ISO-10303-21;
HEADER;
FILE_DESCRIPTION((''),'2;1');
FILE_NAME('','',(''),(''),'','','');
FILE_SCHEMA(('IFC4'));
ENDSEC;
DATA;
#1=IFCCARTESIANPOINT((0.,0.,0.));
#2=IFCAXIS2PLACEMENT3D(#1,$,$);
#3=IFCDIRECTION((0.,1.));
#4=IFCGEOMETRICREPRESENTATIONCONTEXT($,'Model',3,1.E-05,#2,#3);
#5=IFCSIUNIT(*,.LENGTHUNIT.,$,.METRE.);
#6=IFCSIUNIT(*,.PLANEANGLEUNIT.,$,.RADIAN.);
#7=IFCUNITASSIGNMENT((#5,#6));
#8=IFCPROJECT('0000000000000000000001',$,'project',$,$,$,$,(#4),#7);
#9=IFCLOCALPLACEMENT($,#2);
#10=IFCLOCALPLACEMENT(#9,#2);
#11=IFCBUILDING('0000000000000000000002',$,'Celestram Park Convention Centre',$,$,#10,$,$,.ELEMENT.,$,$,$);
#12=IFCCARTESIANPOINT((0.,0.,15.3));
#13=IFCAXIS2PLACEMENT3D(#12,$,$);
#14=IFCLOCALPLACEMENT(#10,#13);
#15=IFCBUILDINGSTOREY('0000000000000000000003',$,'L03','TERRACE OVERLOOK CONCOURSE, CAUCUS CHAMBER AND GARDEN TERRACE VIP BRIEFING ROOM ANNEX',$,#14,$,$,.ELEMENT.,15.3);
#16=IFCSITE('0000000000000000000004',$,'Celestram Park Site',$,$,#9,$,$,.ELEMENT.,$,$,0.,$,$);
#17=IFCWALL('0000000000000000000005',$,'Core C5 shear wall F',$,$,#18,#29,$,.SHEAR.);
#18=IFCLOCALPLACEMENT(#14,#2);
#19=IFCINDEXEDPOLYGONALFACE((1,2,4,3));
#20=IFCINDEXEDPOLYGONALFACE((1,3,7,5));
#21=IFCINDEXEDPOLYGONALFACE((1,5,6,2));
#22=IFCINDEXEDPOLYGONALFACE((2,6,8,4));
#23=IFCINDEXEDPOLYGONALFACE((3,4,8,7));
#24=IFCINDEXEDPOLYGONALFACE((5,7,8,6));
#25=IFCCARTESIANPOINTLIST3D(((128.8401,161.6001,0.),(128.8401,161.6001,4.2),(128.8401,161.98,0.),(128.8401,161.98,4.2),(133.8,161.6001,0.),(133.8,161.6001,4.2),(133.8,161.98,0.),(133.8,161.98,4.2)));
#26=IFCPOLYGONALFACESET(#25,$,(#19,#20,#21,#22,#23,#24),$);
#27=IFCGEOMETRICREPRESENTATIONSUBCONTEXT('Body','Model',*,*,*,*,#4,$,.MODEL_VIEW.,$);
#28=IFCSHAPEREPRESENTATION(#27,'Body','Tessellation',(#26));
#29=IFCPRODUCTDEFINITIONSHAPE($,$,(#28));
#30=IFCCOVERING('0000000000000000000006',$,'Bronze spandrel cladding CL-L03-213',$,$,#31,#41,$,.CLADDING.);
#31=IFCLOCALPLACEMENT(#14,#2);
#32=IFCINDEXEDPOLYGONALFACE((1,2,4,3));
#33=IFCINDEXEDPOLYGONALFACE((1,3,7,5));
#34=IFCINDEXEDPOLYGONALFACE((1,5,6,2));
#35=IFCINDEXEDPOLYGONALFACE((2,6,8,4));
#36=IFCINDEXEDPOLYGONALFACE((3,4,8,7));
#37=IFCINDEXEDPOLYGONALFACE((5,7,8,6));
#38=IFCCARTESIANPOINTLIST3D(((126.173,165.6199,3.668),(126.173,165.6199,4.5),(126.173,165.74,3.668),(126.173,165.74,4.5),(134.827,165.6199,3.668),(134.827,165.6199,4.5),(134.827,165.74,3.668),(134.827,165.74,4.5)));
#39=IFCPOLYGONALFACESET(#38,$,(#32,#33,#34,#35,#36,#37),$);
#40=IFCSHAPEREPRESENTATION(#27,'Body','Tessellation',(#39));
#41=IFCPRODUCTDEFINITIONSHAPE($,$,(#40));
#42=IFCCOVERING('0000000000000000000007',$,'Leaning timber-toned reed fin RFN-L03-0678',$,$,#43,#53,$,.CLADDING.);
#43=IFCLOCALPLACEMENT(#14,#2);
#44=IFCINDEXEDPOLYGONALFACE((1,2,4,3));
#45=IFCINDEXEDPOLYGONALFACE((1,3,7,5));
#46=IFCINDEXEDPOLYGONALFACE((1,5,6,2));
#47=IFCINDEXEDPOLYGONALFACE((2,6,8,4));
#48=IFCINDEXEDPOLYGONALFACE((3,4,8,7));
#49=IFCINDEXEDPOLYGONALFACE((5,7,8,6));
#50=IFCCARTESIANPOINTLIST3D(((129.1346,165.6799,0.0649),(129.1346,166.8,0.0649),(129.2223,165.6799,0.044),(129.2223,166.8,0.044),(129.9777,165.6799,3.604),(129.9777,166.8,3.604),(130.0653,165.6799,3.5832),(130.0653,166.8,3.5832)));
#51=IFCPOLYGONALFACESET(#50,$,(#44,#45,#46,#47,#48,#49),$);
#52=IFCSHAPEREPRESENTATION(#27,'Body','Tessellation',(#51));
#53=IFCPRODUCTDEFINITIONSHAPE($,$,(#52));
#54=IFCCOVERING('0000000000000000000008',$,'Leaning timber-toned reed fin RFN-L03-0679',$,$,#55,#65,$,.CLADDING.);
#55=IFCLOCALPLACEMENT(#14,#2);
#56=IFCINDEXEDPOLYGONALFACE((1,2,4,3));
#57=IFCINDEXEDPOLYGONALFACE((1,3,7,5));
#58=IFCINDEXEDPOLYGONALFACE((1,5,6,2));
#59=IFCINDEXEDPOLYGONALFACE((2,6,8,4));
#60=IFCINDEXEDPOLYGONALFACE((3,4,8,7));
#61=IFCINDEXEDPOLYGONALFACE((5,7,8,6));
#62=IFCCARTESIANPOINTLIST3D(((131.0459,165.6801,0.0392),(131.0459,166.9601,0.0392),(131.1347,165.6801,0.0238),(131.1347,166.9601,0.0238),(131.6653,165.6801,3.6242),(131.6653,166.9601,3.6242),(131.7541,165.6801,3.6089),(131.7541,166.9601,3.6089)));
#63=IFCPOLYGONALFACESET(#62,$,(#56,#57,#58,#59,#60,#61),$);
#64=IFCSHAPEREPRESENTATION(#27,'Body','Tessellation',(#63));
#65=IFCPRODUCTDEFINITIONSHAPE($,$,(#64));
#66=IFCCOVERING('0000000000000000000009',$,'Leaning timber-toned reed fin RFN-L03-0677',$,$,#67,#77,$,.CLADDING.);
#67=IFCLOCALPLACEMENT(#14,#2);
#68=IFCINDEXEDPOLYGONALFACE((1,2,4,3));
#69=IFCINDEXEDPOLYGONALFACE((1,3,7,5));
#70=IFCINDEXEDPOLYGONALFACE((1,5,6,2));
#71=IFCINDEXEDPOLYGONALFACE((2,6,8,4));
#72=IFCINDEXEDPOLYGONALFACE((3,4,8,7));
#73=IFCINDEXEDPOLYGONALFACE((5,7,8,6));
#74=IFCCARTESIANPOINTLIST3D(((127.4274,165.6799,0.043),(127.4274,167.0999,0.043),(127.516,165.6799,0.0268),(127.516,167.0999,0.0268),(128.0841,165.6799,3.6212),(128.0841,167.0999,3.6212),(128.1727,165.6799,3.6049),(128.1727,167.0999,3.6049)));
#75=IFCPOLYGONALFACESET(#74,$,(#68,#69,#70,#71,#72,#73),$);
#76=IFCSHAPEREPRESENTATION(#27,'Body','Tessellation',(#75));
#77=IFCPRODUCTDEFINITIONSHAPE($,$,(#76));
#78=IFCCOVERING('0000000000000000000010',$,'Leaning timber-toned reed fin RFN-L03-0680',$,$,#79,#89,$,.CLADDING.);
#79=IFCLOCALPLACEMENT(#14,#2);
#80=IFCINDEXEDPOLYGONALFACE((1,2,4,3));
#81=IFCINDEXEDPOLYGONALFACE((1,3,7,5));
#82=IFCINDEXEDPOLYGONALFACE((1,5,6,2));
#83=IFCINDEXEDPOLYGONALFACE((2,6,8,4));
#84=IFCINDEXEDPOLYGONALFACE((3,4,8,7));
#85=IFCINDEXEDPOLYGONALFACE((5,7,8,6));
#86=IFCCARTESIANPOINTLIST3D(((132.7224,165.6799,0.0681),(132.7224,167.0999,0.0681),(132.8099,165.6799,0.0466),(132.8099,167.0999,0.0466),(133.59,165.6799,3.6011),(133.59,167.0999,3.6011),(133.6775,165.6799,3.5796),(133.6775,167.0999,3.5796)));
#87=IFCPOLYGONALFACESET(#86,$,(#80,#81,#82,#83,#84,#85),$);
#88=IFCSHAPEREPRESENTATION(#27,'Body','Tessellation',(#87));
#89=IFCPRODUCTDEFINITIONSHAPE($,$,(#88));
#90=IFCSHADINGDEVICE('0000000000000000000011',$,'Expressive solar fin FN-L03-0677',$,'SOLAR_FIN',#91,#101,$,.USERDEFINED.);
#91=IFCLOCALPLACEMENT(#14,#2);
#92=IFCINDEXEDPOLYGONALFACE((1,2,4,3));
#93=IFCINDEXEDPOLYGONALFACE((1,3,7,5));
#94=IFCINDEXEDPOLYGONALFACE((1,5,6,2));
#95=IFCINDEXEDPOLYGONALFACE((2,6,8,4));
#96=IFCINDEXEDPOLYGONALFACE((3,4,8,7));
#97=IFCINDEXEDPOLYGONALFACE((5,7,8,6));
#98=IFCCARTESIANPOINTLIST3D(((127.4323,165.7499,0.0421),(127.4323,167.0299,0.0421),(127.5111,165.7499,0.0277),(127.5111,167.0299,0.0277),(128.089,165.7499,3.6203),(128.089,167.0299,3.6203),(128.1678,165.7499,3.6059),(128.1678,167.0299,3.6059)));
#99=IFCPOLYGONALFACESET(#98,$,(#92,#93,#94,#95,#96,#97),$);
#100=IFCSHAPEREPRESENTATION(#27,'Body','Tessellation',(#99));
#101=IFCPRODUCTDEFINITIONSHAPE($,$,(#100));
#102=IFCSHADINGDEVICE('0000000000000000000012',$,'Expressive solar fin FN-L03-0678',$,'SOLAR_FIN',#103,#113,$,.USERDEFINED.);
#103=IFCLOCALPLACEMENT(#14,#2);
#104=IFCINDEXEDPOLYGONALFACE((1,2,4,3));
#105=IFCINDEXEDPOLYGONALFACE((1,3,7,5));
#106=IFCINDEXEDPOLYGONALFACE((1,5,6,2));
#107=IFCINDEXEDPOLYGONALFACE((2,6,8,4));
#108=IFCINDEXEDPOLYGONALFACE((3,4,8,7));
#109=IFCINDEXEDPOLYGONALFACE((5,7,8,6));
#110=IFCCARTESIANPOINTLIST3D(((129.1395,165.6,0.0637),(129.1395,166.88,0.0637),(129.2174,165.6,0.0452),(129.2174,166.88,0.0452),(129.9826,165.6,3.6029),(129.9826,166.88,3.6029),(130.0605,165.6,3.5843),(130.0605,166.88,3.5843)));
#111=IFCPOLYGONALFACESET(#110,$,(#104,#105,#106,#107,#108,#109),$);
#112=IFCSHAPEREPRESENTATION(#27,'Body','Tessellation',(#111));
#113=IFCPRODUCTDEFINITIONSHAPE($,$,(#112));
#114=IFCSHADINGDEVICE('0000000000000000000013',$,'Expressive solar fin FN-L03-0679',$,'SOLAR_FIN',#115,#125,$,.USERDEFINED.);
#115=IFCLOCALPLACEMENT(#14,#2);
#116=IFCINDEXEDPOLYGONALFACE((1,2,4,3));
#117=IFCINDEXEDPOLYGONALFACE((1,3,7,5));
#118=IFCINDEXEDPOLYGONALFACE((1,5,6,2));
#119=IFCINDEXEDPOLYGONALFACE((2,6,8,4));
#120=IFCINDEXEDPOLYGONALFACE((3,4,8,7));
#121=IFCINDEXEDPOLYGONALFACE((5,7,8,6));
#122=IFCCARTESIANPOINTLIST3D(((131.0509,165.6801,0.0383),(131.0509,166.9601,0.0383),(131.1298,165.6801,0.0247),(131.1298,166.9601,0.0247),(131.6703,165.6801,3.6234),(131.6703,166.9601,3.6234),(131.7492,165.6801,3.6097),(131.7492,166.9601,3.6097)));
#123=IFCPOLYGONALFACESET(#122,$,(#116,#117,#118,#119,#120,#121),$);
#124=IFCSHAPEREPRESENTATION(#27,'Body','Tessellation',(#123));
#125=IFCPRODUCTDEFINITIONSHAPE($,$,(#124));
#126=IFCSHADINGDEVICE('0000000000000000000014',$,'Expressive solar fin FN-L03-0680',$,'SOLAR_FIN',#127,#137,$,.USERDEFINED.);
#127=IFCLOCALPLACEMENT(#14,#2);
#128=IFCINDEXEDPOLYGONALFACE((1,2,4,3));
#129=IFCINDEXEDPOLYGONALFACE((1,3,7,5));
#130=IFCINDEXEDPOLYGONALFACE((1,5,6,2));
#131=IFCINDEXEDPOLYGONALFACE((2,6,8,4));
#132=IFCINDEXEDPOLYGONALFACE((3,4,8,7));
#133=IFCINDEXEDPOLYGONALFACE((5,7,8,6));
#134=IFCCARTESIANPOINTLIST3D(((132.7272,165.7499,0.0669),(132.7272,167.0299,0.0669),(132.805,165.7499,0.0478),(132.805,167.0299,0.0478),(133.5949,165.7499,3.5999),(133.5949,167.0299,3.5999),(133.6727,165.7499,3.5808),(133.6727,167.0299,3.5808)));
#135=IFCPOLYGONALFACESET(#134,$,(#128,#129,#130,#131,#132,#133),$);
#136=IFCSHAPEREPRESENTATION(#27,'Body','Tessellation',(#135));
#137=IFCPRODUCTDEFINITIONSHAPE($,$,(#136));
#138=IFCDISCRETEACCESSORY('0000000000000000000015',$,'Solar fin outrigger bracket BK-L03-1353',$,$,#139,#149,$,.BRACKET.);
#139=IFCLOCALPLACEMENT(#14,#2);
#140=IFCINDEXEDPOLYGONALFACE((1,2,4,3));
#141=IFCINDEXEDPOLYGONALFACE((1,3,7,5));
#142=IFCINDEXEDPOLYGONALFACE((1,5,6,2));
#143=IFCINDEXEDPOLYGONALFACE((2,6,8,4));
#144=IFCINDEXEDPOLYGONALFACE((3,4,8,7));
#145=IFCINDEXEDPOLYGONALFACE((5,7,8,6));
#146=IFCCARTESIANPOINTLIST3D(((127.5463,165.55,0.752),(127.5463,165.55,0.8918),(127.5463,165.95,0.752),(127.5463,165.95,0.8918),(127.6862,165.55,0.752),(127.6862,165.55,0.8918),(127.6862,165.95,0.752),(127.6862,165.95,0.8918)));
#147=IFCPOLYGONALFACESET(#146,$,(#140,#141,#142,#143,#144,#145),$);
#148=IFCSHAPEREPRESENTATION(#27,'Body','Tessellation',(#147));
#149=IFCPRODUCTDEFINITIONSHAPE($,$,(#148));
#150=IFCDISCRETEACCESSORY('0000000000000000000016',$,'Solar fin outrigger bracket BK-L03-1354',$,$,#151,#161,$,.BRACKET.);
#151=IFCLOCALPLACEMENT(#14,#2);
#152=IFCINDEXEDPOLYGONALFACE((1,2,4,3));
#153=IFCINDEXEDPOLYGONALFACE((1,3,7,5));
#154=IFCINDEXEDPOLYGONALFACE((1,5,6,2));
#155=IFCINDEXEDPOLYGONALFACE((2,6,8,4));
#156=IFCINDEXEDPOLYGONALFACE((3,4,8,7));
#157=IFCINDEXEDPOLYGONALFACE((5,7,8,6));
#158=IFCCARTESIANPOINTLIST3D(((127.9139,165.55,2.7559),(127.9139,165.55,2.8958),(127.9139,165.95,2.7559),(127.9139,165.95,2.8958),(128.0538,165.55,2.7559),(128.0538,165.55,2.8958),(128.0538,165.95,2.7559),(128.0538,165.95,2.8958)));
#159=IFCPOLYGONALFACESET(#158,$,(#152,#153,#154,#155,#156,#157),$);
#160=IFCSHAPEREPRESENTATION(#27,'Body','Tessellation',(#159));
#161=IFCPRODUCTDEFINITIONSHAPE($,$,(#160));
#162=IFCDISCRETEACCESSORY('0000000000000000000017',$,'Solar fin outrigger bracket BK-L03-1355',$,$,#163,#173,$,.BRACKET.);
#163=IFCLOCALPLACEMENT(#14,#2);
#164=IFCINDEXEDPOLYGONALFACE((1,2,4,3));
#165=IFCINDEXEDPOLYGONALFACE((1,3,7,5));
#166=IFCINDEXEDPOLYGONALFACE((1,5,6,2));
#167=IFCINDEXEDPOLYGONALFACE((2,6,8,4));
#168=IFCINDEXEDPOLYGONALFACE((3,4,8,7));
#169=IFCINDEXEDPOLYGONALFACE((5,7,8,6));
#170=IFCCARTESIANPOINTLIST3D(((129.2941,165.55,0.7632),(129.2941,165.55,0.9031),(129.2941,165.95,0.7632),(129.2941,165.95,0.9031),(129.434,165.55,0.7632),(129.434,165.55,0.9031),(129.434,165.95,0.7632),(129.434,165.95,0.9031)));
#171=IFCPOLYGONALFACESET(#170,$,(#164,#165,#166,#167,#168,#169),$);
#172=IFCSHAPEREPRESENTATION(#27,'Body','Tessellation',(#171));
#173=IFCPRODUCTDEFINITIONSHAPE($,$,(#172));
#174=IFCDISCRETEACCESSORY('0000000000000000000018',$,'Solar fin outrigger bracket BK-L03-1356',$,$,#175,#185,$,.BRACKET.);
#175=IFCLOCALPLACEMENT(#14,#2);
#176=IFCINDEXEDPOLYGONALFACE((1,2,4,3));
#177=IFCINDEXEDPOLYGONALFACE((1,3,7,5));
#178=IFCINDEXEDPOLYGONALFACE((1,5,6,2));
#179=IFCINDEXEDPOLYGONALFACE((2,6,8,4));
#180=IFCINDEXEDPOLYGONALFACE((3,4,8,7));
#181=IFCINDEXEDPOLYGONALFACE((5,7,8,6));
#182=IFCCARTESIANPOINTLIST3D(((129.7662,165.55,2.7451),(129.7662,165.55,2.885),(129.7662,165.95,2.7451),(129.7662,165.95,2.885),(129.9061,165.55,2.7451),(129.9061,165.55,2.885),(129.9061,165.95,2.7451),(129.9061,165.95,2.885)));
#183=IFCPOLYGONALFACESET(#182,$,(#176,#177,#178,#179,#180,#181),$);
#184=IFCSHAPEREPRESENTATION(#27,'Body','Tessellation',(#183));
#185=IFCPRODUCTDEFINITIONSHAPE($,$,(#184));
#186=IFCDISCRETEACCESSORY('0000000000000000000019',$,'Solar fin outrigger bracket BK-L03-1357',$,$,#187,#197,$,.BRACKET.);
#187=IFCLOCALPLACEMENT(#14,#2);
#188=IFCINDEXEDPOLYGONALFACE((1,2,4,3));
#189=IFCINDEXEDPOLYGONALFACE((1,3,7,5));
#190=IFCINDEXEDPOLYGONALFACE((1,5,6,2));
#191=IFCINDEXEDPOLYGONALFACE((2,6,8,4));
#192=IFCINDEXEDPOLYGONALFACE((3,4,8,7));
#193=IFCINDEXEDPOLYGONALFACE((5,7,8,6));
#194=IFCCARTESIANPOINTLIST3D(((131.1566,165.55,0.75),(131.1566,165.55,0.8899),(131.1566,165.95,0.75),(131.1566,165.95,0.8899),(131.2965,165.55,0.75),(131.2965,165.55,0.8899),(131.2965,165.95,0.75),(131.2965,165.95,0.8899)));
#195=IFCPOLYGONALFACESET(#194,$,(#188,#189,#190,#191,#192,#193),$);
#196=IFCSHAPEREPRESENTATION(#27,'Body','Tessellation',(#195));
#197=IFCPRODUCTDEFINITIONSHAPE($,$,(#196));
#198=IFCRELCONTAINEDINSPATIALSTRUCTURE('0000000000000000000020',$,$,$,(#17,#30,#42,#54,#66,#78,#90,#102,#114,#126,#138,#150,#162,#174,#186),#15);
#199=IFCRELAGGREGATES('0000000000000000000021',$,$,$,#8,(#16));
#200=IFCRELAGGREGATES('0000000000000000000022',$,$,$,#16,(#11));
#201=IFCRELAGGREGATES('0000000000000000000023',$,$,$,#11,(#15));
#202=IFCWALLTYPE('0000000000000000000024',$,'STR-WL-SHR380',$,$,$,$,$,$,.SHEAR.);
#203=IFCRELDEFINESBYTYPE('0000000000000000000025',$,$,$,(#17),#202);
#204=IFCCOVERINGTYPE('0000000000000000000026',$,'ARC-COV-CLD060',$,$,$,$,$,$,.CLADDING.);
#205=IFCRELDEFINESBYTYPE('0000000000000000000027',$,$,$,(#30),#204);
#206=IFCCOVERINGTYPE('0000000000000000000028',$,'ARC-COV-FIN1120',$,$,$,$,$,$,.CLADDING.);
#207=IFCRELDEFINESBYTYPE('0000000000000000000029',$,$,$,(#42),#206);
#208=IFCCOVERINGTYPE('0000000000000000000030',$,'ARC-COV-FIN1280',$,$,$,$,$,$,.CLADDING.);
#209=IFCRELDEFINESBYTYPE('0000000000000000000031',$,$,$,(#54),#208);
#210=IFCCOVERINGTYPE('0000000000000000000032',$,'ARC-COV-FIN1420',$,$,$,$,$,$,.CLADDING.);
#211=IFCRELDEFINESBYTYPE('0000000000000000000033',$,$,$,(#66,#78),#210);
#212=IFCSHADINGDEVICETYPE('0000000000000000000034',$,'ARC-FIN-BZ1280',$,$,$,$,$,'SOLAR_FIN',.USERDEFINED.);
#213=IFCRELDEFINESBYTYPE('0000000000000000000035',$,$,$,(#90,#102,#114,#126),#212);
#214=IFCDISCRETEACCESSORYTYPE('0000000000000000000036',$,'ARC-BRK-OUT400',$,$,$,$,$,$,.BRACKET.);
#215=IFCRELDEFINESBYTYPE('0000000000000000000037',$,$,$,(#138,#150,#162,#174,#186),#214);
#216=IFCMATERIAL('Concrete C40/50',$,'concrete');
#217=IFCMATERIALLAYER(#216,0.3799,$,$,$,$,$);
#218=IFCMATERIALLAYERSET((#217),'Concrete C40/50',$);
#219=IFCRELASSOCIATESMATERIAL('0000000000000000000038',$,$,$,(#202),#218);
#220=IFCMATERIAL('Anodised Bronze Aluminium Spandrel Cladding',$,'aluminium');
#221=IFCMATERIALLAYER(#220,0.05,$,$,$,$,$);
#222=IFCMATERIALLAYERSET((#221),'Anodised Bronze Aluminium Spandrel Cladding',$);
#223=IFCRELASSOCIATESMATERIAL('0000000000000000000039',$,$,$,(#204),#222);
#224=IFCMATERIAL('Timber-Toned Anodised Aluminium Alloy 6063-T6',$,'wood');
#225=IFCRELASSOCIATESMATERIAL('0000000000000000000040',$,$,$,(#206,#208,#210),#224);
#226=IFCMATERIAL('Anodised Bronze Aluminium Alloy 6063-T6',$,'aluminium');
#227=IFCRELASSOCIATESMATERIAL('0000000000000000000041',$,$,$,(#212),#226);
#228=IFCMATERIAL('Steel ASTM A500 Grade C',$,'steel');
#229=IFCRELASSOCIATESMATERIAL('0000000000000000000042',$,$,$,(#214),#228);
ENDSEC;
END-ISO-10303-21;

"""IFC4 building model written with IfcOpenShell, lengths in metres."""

from ifc_helpers import new_model, si_unit, direction, frame, frame_2d, origin, origin_2d, place, context, subcontext, project, spatial, rectangle, extrude, material, layer, layer_set, material_profile, profile_set, type_object, element, save


model = new_model("IFC4")

# Units and contexts
model_context = context("Model", 3, precision=1e-05, world=origin(), true_north=direction((0.0, 1.0)))
body_context = subcontext(model_context, "Body", "Model", "MODEL_VIEW")
ifc_project = project(units=[si_unit("LENGTHUNIT", "METRE"), si_unit("PLANEANGLEUNIT", "RADIAN")], contexts=[model_context])

# Site, building, storey
site_placement = place(None, origin())
site = spatial("IfcSite", under=ifc_project, at=site_placement, Name="Celestram Park Site", CompositionType="ELEMENT", RefElevation=0.0)
building_placement = place(site_placement, origin())
building = spatial("IfcBuilding", under=site, at=building_placement, Name="Celestram Park Convention Centre", CompositionType="ELEMENT")
storey_placement = place(building_placement, frame((0.0, 0.0, 15.3)))
storey = spatial("IfcBuildingStorey", under=building, at=storey_placement, Name="L03", Description="TERRACE OVERLOOK CONCOURSE, CAUCUS CHAMBER AND GARDEN TERRACE VIP BRIEFING ROOM ANNEX", CompositionType="ELEMENT", Elevation=15.3)

# Shared definitions
ifc_material_1 = material(Name="Steel ASTM A500 Grade C", Category="steel")

# Wall
ifc_material_2 = material(Name="Concrete C40/50", Category="concrete")
ifc_layer_1 = layer(ifc_material_2, 0.3799)
ifc_layer_set_1 = layer_set([ifc_layer_1], Name="Concrete C40/50")
wall_type = type_object("IfcWallType", Name="STR-WL-SHR380", PredefinedType="SHEAR", material=ifc_layer_set_1)
wall_1_placement = place(storey_placement, frame((128.8401, 161.79, 0.0), z_axis=(0.0, 0.0, 1.0), x_axis=(1.0, 0.0, 0.0)))
element("IfcWall", 1, at=wall_1_placement, inside=storey, type_object=wall_type, Name="Core C5 shear wall F", PredefinedType="SHEAR", context=body_context, shape_type="SweptSolid", body=[
    extrude(rectangle(XDim=4.96, YDim=0.3799, at=frame_2d((2.48, 0.0))), origin(), (0.0, 0.0, 1.0), 4.2),
])

# Coverings
ifc_material_3 = material(Name="Anodised Bronze Aluminium Spandrel Cladding", Category="aluminium")
ifc_layer_2 = layer(ifc_material_3, 0.05)
ifc_layer_set_2 = layer_set([ifc_layer_2], Name="Anodised Bronze Aluminium Spandrel Cladding")
covering_type_1 = type_object("IfcCoveringType", Name="ARC-COV-CLD060", PredefinedType="CLADDING", material=ifc_layer_set_2)
covering_1_placement = place(storey_placement, frame((130.5, 165.6799, 3.668), z_axis=(0.0, 0.0, 1.0), x_axis=(1.0, 0.0, 0.0)))
element("IfcCovering", 2, at=covering_1_placement, inside=storey, type_object=covering_type_1, Name="Bronze spandrel cladding CL-L03-213", PredefinedType="CLADDING", context=body_context, shape_type="SweptSolid", body=[
    extrude(rectangle(XDim=8.6541, YDim=0.1201, at=origin_2d()), origin(), (0.0, 0.0, 1.0), 0.832),
])
ifc_material_4 = material(Name="Timber-Toned Anodised Aluminium Alloy 6063-T6", Category="wood")
ifc_material_profile_1 = material_profile(ifc_material_4, rectangle(XDim=1.1201, YDim=0.0901, at=origin_2d()), Name="REED1120X90")
ifc_profile_set_1 = profile_set([ifc_material_profile_1], Name="Timber-Toned Anodised Aluminium Alloy 6063-T6")
covering_type_2 = type_object("IfcCoveringType", Name="ARC-COV-FIN1120", PredefinedType="CLADDING", material=ifc_profile_set_1)
covering_2_placement = place(storey_placement, frame((129.1785, 166.24, 0.0544), z_axis=(0.23172, 0.0, 0.972782), x_axis=(0.0, 1.0, 0.0)))
element("IfcCovering", 3, at=covering_2_placement, inside=storey, type_object=covering_type_2, Name="Leaning timber-toned reed fin RFN-L03-0678", PredefinedType="CLADDING", context=body_context, shape_type="SweptSolid", body=[
    extrude(rectangle(XDim=1.1201, YDim=0.0901, at=origin_2d()), origin(), (0.0, 0.0, 1.0), 3.6382),
])
ifc_material_profile_2 = material_profile(ifc_material_4, rectangle(XDim=1.28, YDim=0.0901, at=origin_2d()), Name="REED1280X90")
ifc_profile_set_2 = profile_set([ifc_material_profile_2], Name="Timber-Toned Anodised Aluminium Alloy 6063-T6")
covering_type_3 = type_object("IfcCoveringType", Name="ARC-COV-FIN1280", PredefinedType="CLADDING", material=ifc_profile_set_2)
covering_3_placement = place(storey_placement, frame((131.0903, 166.3201, 0.0315), z_axis=(0.170251, 0.0, 0.985401), x_axis=(0.0, 1.0, 0.0)))
element("IfcCovering", 4, at=covering_3_placement, inside=storey, type_object=covering_type_3, Name="Leaning timber-toned reed fin RFN-L03-0679", PredefinedType="CLADDING", context=body_context, shape_type="SweptSolid", body=[
    extrude(rectangle(XDim=1.28, YDim=0.0901, at=origin_2d()), origin(), (0.0, 0.0, 1.0), 3.6382),
])
ifc_material_profile_3 = material_profile(ifc_material_4, rectangle(XDim=1.4199, YDim=0.0901, at=origin_2d()), Name="REED1420X90")
ifc_profile_set_3 = profile_set([ifc_material_profile_3], Name="Timber-Toned Anodised Aluminium Alloy 6063-T6")
covering_type_4 = type_object("IfcCoveringType", Name="ARC-COV-FIN1420", PredefinedType="CLADDING", material=ifc_profile_set_3)
for number, where, z_axis, x_axis, name in (
    (5, (127.4717, 166.3899, 0.0349), (0.180527, 0.0, 0.98357), (0.0, 1.0, 0.0), "Leaning timber-toned reed fin RFN-L03-0677"),
    (6, (132.7661, 166.3899, 0.0574), (0.238507, 0.0, 0.971141), (0.0, 1.0, 0.0), "Leaning timber-toned reed fin RFN-L03-0680"),
):
    element("IfcCovering", number, at=place(storey_placement, frame(where, z_axis=z_axis, x_axis=x_axis)), inside=storey, type_object=covering_type_4, Name=name, PredefinedType="CLADDING", context=body_context, shape_type="SweptSolid", body=[
        extrude(rectangle(XDim=1.4199, YDim=0.0901, at=origin_2d()), origin(), (0.0, 0.0, 1.0), 3.6379),
    ])

# Shading devices
ifc_material_5 = material(Name="Anodised Bronze Aluminium Alloy 6063-T6", Category="aluminium")
ifc_material_profile_4 = material_profile(ifc_material_5, rectangle(XDim=1.28, YDim=0.0801, at=origin_2d()), Name="FIN1280X80")
ifc_profile_set_4 = profile_set([ifc_material_profile_4], Name="Anodised Bronze Aluminium Alloy 6063-T6")
shading_device_type = type_object("IfcShadingDeviceType", Name="ARC-FIN-BZ1280", ElementType="SOLAR_FIN", PredefinedType="USERDEFINED", material=ifc_profile_set_4)
shading_device_1_placement = place(storey_placement, frame((127.4717, 166.3899, 0.0349), z_axis=(0.180527, 0.0, 0.98357), x_axis=(0.0, 1.0, 0.0)))
element("IfcShadingDevice", 7, at=shading_device_1_placement, inside=storey, type_object=shading_device_type, Name="Expressive solar fin FN-L03-0677", ObjectType="SOLAR_FIN", PredefinedType="USERDEFINED", context=body_context, shape_type="SweptSolid", body=[
    extrude(rectangle(XDim=1.28, YDim=0.0801, at=origin_2d()), origin(), (0.0, 0.0, 1.0), 3.6379),
])
for number, where, z_axis, x_axis, name in (
    (8, (129.1785, 166.24, 0.0544), (0.23172, 0.0, 0.972782), (0.0, 1.0, 0.0), "Expressive solar fin FN-L03-0678"),
    (9, (131.0903, 166.3201, 0.0315), (0.170251, 0.0, 0.985401), (0.0, 1.0, 0.0), "Expressive solar fin FN-L03-0679"),
):
    element("IfcShadingDevice", number, at=place(storey_placement, frame(where, z_axis=z_axis, x_axis=x_axis)), inside=storey, type_object=shading_device_type, Name=name, ObjectType="SOLAR_FIN", PredefinedType="USERDEFINED", context=body_context, shape_type="SweptSolid", body=[
        extrude(rectangle(XDim=1.28, YDim=0.0801, at=origin_2d()), origin(), (0.0, 0.0, 1.0), 3.6382),
    ])
shading_device_2_placement = place(storey_placement, frame((132.7661, 166.3899, 0.0574), z_axis=(0.238507, 0.0, 0.971141), x_axis=(0.0, 1.0, 0.0)))
element("IfcShadingDevice", 10, at=shading_device_2_placement, inside=storey, type_object=shading_device_type, Name="Expressive solar fin FN-L03-0680", ObjectType="SOLAR_FIN", PredefinedType="USERDEFINED", context=body_context, shape_type="SweptSolid", body=[
    extrude(rectangle(XDim=1.28, YDim=0.0801, at=origin_2d()), origin(), (0.0, 0.0, 1.0), 3.6379),
])

# Discrete accessories
discrete_accessory_type = type_object("IfcDiscreteAccessoryType", Name="ARC-BRK-OUT400", PredefinedType="BRACKET", material=ifc_material_1)
for number, where, z_axis, x_axis, name in (
    (11, (127.6162, 165.75, 0.752), (0.0, 0.0, 1.0), (0.0, 1.0, 0.0), "Solar fin outrigger bracket BK-L03-1353"),
    (12, (127.9839, 165.75, 2.7559), (0.0, 0.0, 1.0), (0.0, 1.0, 0.0), "Solar fin outrigger bracket BK-L03-1354"),
    (13, (129.364, 165.75, 0.7632), (0.0, 0.0, 1.0), (0.0, 1.0, 0.0), "Solar fin outrigger bracket BK-L03-1355"),
    (14, (129.8362, 165.75, 2.7451), (0.0, 0.0, 1.0), (0.0, 1.0, 0.0), "Solar fin outrigger bracket BK-L03-1356"),
    (15, (131.2266, 165.75, 0.75), (0.0, 0.0, 1.0), (0.0, 1.0, 0.0), "Solar fin outrigger bracket BK-L03-1357"),
):
    element("IfcDiscreteAccessory", number, at=place(storey_placement, frame(where, z_axis=z_axis, x_axis=x_axis)), inside=storey, type_object=discrete_accessory_type, Name=name, PredefinedType="BRACKET", context=body_context, shape_type="SweptSolid", body=[
        extrude(rectangle(XDim=0.3999, YDim=0.1399, at=origin_2d()), origin(), (0.0, 0.0, 1.0), 0.1399),
    ])

save(model, "model.ifc")
